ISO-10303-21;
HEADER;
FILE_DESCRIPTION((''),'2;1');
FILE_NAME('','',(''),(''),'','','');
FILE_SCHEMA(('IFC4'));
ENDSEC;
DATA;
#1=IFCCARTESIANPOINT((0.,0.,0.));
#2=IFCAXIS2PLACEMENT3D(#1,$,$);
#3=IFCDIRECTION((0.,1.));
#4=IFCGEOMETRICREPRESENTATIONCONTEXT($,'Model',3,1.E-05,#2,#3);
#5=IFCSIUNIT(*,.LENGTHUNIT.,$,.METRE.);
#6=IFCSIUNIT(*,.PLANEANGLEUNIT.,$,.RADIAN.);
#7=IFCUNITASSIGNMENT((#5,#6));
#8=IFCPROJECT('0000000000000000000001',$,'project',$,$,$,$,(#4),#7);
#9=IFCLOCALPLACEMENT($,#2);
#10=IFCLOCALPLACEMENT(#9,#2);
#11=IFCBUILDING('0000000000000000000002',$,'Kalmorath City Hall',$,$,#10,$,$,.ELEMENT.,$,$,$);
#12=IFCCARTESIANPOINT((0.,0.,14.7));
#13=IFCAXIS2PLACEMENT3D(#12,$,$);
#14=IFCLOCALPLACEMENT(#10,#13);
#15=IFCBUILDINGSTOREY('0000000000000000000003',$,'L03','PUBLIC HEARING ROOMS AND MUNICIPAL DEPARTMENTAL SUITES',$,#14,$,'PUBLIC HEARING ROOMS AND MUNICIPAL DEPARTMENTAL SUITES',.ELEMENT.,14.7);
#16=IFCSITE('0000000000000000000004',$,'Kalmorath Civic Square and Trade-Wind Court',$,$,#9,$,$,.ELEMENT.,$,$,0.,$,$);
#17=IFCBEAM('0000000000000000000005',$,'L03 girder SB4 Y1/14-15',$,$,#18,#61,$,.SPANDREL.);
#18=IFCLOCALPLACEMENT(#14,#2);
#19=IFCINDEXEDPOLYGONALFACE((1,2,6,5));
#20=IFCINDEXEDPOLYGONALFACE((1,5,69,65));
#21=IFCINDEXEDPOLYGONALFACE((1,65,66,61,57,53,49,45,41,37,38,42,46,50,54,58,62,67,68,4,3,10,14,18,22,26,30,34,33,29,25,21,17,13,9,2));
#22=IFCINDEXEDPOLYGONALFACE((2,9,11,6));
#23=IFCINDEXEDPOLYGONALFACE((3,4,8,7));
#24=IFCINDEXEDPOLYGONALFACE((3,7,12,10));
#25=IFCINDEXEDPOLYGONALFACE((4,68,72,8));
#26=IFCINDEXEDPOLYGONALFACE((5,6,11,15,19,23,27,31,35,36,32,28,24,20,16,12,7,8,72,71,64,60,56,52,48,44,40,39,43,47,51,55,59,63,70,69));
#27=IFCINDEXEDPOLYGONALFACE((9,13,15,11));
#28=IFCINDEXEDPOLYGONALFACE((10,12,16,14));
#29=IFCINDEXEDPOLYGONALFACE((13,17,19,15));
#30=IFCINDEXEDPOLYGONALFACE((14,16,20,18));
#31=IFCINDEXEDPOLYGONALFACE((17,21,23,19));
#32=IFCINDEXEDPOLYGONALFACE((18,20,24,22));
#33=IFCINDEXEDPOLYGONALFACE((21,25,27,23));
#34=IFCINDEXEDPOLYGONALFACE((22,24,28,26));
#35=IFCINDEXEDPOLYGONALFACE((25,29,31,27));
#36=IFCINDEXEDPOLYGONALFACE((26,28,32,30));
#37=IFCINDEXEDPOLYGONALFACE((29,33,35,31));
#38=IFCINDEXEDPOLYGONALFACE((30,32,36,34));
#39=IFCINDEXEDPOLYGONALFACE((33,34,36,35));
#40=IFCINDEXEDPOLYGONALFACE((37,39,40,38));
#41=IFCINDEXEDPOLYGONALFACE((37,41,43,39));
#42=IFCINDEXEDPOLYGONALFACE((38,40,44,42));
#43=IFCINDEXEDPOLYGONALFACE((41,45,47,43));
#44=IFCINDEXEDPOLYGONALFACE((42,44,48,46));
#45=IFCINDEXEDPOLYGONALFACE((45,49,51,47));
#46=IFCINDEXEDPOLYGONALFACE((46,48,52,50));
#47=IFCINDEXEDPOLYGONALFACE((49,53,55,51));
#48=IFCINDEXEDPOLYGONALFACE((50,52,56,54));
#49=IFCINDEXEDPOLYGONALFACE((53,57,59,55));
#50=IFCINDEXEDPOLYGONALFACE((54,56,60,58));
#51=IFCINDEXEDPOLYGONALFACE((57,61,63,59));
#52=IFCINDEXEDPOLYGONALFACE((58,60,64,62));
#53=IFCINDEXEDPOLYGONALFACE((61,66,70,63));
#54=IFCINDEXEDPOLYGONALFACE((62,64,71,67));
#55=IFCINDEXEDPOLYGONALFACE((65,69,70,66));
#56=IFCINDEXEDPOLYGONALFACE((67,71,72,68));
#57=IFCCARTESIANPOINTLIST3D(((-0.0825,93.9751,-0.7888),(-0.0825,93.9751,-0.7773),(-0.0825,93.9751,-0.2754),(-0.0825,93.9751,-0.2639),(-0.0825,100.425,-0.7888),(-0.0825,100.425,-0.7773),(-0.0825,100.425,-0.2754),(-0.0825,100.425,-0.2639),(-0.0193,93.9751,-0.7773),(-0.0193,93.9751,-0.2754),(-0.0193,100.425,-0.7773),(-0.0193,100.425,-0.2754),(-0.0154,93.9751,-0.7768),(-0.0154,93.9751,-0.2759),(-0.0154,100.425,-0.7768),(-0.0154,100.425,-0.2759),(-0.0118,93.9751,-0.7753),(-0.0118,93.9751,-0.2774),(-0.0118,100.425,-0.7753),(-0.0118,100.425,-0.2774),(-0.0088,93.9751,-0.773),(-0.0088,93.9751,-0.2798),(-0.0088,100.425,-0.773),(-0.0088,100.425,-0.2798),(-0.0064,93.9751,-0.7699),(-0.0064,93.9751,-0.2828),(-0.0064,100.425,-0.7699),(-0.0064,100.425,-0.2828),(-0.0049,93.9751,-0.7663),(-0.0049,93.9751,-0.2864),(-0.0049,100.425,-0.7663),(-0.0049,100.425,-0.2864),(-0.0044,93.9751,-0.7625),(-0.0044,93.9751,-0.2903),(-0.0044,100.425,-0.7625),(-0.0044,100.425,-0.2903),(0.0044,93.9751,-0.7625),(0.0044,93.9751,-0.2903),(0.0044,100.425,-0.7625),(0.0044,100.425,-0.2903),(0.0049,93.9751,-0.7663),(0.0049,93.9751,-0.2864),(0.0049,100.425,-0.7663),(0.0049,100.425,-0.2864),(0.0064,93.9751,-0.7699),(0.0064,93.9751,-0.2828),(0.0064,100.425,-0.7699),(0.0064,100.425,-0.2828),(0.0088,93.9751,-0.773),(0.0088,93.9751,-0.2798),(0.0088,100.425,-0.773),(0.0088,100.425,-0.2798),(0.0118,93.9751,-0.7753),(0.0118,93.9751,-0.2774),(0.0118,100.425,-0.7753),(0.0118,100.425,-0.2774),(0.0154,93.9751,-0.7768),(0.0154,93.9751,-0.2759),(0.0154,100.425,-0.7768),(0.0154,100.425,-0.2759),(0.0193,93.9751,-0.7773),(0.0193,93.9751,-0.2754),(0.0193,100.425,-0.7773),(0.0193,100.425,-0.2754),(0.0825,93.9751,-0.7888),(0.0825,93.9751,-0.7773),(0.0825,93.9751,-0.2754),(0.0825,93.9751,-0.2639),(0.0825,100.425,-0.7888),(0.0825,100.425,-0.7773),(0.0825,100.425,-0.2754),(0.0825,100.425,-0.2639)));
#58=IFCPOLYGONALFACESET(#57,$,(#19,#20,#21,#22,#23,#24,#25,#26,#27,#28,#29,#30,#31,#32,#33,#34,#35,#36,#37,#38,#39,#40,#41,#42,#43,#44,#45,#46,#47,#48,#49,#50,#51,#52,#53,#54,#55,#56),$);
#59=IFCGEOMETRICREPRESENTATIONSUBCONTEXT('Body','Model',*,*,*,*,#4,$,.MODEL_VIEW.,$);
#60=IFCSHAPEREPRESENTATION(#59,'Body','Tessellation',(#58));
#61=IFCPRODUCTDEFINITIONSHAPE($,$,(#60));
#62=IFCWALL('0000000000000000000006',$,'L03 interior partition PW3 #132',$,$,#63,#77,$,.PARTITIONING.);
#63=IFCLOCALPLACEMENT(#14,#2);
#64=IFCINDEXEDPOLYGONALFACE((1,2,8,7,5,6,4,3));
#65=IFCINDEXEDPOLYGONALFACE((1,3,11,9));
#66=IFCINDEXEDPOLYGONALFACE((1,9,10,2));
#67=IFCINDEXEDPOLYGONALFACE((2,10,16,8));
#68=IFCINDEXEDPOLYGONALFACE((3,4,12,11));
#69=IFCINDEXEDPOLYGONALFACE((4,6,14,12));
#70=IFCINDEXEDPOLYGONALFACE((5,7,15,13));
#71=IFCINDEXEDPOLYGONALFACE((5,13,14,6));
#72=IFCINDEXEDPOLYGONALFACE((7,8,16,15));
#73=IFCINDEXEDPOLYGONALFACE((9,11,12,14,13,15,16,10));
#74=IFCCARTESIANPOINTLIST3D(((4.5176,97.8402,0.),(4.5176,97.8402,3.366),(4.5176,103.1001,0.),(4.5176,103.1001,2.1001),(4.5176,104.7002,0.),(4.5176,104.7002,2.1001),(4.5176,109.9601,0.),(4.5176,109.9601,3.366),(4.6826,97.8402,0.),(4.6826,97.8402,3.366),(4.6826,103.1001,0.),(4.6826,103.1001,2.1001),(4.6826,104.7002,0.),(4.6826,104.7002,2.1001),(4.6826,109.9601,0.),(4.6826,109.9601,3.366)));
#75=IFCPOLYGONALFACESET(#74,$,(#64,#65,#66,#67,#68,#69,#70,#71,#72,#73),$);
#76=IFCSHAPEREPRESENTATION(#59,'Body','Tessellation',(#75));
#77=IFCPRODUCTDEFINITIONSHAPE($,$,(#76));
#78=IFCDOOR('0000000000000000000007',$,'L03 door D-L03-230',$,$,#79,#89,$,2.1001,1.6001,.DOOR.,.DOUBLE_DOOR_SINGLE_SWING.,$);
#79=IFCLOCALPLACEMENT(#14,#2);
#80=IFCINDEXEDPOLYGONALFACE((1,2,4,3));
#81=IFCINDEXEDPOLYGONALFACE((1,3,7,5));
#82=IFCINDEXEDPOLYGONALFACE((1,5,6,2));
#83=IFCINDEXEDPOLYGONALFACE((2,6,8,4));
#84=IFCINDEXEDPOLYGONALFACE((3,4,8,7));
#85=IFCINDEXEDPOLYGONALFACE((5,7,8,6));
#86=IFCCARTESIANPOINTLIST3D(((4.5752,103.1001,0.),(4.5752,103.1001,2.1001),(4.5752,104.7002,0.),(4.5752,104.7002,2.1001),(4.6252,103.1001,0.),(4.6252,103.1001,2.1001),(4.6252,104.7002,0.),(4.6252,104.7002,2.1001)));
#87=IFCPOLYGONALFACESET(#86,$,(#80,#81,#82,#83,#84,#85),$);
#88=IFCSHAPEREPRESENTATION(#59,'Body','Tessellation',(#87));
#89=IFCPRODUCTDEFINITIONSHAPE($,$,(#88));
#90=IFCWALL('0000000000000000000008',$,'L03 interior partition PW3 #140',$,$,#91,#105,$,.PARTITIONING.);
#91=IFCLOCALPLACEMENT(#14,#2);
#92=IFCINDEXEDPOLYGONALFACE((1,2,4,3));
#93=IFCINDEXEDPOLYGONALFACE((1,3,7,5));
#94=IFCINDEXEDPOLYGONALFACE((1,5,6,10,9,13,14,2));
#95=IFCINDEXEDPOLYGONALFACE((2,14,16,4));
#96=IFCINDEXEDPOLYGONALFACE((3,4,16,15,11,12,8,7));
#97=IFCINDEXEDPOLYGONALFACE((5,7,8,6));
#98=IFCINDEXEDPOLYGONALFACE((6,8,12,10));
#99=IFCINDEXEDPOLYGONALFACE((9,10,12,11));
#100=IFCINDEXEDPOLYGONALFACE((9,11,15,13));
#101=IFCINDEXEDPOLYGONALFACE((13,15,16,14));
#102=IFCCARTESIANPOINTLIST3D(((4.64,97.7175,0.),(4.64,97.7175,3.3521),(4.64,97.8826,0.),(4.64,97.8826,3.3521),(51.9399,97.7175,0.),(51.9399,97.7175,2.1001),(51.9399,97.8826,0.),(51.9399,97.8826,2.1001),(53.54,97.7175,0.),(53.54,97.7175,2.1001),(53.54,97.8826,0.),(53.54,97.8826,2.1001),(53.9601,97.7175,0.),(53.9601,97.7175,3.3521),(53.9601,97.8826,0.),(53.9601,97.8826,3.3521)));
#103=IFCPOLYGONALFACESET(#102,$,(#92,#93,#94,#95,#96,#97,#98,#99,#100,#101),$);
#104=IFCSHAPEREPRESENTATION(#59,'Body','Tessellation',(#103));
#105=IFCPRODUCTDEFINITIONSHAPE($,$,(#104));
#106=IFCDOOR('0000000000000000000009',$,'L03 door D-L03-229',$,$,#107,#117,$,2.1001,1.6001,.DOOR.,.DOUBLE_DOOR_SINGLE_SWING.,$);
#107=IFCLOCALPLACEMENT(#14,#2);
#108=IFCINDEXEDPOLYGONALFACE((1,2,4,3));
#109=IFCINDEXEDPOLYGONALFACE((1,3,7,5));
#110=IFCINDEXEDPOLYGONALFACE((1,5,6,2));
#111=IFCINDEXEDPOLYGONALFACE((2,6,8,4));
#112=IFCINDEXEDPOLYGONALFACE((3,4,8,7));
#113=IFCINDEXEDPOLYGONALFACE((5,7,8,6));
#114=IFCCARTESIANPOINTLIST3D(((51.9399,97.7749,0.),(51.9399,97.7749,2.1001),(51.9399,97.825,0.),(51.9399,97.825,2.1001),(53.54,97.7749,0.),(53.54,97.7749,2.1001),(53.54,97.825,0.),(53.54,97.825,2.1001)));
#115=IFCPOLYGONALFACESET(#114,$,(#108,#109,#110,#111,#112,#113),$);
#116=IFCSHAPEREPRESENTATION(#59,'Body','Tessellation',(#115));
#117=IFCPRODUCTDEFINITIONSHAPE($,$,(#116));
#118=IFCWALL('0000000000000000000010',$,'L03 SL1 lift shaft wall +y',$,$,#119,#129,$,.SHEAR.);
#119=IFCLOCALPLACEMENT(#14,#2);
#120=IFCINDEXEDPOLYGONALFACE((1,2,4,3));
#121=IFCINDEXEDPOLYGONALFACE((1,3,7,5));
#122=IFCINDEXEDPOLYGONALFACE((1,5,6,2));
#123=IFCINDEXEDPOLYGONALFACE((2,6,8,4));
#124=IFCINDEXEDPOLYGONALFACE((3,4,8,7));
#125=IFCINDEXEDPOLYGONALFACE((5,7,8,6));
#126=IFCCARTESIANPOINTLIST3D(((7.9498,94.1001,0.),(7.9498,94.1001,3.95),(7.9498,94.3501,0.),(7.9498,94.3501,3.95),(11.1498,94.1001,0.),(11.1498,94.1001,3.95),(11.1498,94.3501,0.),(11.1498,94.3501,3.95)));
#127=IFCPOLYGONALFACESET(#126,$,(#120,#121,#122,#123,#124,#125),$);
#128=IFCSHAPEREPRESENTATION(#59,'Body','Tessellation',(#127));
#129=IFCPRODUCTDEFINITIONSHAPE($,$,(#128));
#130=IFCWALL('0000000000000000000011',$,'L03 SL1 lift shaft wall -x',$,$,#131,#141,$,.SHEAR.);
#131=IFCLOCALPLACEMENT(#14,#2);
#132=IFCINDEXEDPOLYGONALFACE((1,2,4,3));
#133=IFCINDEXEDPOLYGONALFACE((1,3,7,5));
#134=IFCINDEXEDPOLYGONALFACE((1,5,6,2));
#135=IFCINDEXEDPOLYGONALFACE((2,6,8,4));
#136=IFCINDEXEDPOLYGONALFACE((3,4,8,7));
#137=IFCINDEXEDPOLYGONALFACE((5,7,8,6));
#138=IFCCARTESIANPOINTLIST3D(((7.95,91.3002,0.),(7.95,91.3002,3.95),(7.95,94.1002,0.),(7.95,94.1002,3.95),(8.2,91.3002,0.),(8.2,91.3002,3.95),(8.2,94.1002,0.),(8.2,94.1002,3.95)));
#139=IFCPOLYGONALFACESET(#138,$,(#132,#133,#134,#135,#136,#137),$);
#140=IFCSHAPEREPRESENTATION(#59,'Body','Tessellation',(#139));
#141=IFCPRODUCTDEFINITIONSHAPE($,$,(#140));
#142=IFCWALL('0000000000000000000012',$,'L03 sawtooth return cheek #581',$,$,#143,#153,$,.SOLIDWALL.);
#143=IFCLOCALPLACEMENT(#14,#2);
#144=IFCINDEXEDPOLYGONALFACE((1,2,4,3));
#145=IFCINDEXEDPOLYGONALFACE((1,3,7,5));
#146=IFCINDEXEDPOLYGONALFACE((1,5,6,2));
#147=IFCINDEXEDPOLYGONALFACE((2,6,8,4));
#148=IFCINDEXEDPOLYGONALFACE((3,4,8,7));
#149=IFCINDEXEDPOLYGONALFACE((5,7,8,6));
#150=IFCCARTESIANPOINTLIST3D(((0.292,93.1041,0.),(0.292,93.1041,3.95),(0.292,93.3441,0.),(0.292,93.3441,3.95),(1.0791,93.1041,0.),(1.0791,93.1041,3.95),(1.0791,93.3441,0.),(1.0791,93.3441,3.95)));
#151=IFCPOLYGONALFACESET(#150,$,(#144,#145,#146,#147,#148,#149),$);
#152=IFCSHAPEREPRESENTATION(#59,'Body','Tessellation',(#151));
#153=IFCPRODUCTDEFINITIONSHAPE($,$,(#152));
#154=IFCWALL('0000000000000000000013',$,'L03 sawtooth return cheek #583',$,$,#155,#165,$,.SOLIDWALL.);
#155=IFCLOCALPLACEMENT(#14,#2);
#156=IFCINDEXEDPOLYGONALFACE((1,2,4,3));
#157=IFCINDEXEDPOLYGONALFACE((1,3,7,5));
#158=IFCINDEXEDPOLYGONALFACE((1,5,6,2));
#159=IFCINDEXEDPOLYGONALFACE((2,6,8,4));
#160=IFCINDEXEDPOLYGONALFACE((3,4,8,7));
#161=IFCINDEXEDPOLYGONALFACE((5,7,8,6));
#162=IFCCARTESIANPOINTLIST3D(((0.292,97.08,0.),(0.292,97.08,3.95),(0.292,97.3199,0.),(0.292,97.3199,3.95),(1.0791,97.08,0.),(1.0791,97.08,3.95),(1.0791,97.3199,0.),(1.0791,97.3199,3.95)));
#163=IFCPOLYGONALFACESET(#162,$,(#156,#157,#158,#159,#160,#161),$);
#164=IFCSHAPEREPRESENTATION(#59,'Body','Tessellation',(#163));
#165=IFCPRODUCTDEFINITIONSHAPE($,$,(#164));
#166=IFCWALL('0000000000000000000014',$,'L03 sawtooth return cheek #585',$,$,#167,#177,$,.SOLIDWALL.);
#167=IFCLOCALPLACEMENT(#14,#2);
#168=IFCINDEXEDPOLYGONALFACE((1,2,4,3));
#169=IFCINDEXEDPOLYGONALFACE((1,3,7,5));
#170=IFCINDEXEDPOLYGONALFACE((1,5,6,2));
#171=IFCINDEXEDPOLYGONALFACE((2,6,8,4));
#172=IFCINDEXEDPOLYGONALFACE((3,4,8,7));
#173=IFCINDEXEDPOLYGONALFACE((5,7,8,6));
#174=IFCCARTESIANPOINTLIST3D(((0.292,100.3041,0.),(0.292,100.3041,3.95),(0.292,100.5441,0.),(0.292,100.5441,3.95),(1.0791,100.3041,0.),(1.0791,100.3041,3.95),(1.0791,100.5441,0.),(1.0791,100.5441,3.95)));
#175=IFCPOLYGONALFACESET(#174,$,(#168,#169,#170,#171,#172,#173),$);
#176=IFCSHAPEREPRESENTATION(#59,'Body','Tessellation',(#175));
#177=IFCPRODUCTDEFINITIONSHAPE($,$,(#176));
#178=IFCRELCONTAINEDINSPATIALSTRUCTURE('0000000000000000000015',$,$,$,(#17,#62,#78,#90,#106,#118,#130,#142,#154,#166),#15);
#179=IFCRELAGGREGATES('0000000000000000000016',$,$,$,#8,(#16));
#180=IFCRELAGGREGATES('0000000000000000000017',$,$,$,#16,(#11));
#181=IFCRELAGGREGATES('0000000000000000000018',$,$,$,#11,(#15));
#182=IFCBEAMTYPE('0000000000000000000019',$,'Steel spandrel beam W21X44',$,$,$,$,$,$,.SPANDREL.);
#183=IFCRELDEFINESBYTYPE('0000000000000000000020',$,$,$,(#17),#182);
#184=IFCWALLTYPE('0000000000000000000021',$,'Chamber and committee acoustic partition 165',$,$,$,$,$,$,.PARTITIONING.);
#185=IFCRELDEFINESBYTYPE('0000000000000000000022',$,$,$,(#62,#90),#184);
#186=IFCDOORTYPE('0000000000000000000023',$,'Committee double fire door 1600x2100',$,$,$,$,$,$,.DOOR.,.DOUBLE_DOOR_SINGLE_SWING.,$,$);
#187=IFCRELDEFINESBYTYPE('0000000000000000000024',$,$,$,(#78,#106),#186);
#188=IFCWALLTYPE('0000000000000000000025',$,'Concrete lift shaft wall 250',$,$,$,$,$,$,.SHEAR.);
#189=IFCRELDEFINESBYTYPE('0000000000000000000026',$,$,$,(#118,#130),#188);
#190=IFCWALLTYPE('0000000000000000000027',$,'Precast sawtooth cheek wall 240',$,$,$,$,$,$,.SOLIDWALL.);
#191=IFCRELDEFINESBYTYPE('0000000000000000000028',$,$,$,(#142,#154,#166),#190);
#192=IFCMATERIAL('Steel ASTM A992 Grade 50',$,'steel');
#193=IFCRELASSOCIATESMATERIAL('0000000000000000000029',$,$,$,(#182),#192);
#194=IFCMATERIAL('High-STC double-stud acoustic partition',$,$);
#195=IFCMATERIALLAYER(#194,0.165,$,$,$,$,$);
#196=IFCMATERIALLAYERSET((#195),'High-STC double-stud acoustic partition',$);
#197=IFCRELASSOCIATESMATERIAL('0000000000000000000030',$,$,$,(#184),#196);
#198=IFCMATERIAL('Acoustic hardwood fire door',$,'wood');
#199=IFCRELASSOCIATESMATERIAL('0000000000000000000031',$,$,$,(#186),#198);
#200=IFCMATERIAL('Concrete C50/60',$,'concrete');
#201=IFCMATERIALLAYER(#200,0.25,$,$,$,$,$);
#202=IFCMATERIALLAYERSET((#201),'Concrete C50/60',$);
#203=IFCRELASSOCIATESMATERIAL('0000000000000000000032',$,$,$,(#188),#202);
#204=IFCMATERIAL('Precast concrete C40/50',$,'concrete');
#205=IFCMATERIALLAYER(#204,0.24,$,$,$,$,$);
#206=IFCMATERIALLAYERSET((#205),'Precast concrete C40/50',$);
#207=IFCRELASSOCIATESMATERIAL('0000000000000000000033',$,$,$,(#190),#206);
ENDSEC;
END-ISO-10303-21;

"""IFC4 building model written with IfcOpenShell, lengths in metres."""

from ifc_helpers import new_model, si_unit, direction, frame, frame_2d, origin, origin_2d, place, context, subcontext, project, spatial, rectangle, i_section, extrude, material, layer, layer_set, material_profile, profile_set, type_object, element, fill, save


model = new_model("IFC4")

# Units and contexts
model_context = context("Model", 3, precision=1e-05, world=origin(), true_north=direction((0.0, 1.0)))
body_context = subcontext(model_context, "Body", "Model", "MODEL_VIEW")
ifc_project = project(units=[si_unit("LENGTHUNIT", "METRE"), si_unit("PLANEANGLEUNIT", "RADIAN")], contexts=[model_context])

# Site, building, storey
site_placement = place(None, origin())
site = spatial("IfcSite", under=ifc_project, at=site_placement, Name="Kalmorath Civic Square and Trade-Wind Court", CompositionType="ELEMENT", RefElevation=0.0)
building_placement = place(site_placement, origin())
building = spatial("IfcBuilding", under=site, at=building_placement, Name="Kalmorath City Hall", CompositionType="ELEMENT")
storey_placement = place(building_placement, frame((0.0, 0.0, 14.7)))
storey = spatial("IfcBuildingStorey", under=building, at=storey_placement, Name="L03", Description="PUBLIC HEARING ROOMS AND MUNICIPAL DEPARTMENTAL SUITES", LongName="PUBLIC HEARING ROOMS AND MUNICIPAL DEPARTMENTAL SUITES", CompositionType="ELEMENT", Elevation=14.7)

# Beam
ifc_material_1 = material(Name="Steel ASTM A992 Grade 50", Category="steel")
ifc_material_profile_1 = material_profile(ifc_material_1, i_section(OverallWidth=0.165, OverallDepth=0.5249, WebThickness=0.0088, FlangeThickness=0.0115, FilletRadius=0.0149, at=origin_2d()), Name="W21X44")
ifc_profile_set_1 = profile_set([ifc_material_profile_1], Name="Steel ASTM A992 Grade 50")
beam_type_1 = type_object("IfcBeamType", Name="Steel spandrel beam W21X44", PredefinedType="SPANDREL", material=ifc_profile_set_1)
beam_placement = place(storey_placement, frame((0.0, 93.9751, -0.5264), z_axis=(0.0, 1.0, 0.0), x_axis=(-1.0, 0.0, 0.0)))
element("IfcBeam", 1, at=beam_placement, inside=storey, type_object=beam_type_1, Name="L03 girder SB4 Y1/14-15", PredefinedType="SPANDREL", context=body_context, shape_type="SweptSolid", body=[
    extrude(i_section(OverallWidth=0.165, OverallDepth=0.5249, WebThickness=0.0088, FlangeThickness=0.0115, FilletRadius=0.0149, at=origin_2d()), origin(), (0.0, 0.0, 1.0), 6.45),
])

# Walls, openings, doors
ifc_material_2 = material(Name="High-STC double-stud acoustic partition")
ifc_layer_1 = layer(ifc_material_2, 0.165)
ifc_layer_set_1 = layer_set([ifc_layer_1], Name="High-STC double-stud acoustic partition")
wall_type_1 = type_object("IfcWallType", Name="Chamber and committee acoustic partition 165", PredefinedType="PARTITIONING", material=ifc_layer_set_1)
wall_1_placement = place(storey_placement, frame((4.6001, 97.8401, 0.0), z_axis=(0.0, 0.0, 1.0), x_axis=(0.0, 1.0, 0.0)))
wall_1 = element("IfcWall", 2, at=wall_1_placement, inside=storey, type_object=wall_type_1, Name="L03 interior partition PW3 #132", PredefinedType="PARTITIONING", context=body_context, shape_type="SweptSolid", body=[
    extrude(rectangle(XDim=12.1199, YDim=0.165, at=frame_2d((6.0601, 0.0))), origin(), (0.0, 0.0, 1.0), 3.366),
])
opening_1_placement = place(wall_1_placement, frame((5.26, 0.0, 0.0)))
opening_1 = element("IfcOpeningElement", 3, at=opening_1_placement, cuts=wall_1, PredefinedType="OPENING", context=body_context, shape_type="SweptSolid", body=[
    extrude(rectangle(XDim=1.6001, YDim=2.1001, at=frame_2d((0.8, 1.05))), frame((0.0, 0.0925, 0.0), z_axis=(0.0, -1.0, 0.0), x_axis=(1.0, 0.0, 0.0)), (0.0, 0.0, 1.0), 0.1851),
])
ifc_material_3 = material(Name="Acoustic hardwood fire door", Category="wood")
door_type_1 = type_object("IfcDoorType", Name="Committee double fire door 1600x2100", OperationType="DOUBLE_DOOR_SINGLE_SWING", PredefinedType="DOOR", material=ifc_material_3)
door_1_placement = place(opening_1_placement, origin())
door_1 = element("IfcDoor", 4, at=door_1_placement, inside=storey, type_object=door_type_1, Name="L03 door D-L03-230", OperationType="DOUBLE_DOOR_SINGLE_SWING", OverallHeight=2.1001, OverallWidth=1.6001, PredefinedType="DOOR", context=body_context, shape_type="SweptSolid", body=[
    extrude(rectangle(XDim=1.6001, YDim=2.1001, at=frame_2d((0.8, 1.05))), frame((0.0, 0.0249, 0.0), z_axis=(0.0, -1.0, 0.0), x_axis=(1.0, 0.0, 0.0)), (0.0, 0.0, 1.0), 0.05),
])
fill(opening_1, door_1)
wall_2_placement = place(storey_placement, frame((4.6399, 97.8, 0.0), z_axis=(0.0, 0.0, 1.0), x_axis=(1.0, 0.0, 0.0)))
wall_2 = element("IfcWall", 5, at=wall_2_placement, inside=storey, type_object=wall_type_1, Name="L03 interior partition PW3 #140", PredefinedType="PARTITIONING", context=body_context, shape_type="SweptSolid", body=[
    extrude(rectangle(XDim=49.3201, YDim=0.165, at=frame_2d((24.6602, 0.0))), origin(), (0.0, 0.0, 1.0), 3.3521),
])
opening_2_placement = place(wall_2_placement, frame((47.3, 0.0, 0.0)))
opening_2 = element("IfcOpeningElement", 6, at=opening_2_placement, cuts=wall_2, PredefinedType="OPENING", context=body_context, shape_type="SweptSolid", body=[
    extrude(rectangle(XDim=1.6001, YDim=2.1001, at=frame_2d((0.8, 1.05))), frame((0.0, 0.0925, 0.0), z_axis=(0.0, -1.0, 0.0), x_axis=(1.0, 0.0, 0.0)), (0.0, 0.0, 1.0), 0.1851),
])
door_2_placement = place(opening_2_placement, origin())
door_2 = element("IfcDoor", 7, at=door_2_placement, inside=storey, type_object=door_type_1, Name="L03 door D-L03-229", OperationType="DOUBLE_DOOR_SINGLE_SWING", OverallHeight=2.1001, OverallWidth=1.6001, PredefinedType="DOOR", context=body_context, shape_type="SweptSolid", body=[
    extrude(rectangle(XDim=1.6001, YDim=2.1001, at=frame_2d((0.8, 1.05))), frame((0.0, 0.0249, 0.0), z_axis=(0.0, -1.0, 0.0), x_axis=(1.0, 0.0, 0.0)), (0.0, 0.0, 1.0), 0.05),
])
fill(opening_2, door_2)

# Walls
ifc_material_4 = material(Name="Concrete C50/60", Category="concrete")
ifc_layer_2 = layer(ifc_material_4, 0.25)
ifc_layer_set_2 = layer_set([ifc_layer_2], Name="Concrete C50/60")
wall_type_2 = type_object("IfcWallType", Name="Concrete lift shaft wall 250", PredefinedType="SHEAR", material=ifc_layer_set_2)
wall_3_placement = place(storey_placement, frame((11.1499, 94.2251, 0.0), z_axis=(0.0, 0.0, 1.0), x_axis=(-1.0, 0.0, 0.0)))
element("IfcWall", 8, at=wall_3_placement, inside=storey, type_object=wall_type_2, Name="L03 SL1 lift shaft wall +y", PredefinedType="SHEAR", context=body_context, shape_type="SweptSolid", body=[
    extrude(rectangle(XDim=3.2, YDim=0.25, at=frame_2d((1.6001, 0.0))), origin(), (0.0, 0.0, 1.0), 3.95),
])
wall_4_placement = place(storey_placement, frame((8.075, 94.1001, 0.0), z_axis=(0.0, 0.0, 1.0), x_axis=(0.0, -1.0, 0.0)))
element("IfcWall", 9, at=wall_4_placement, inside=storey, type_object=wall_type_2, Name="L03 SL1 lift shaft wall -x", PredefinedType="SHEAR", context=body_context, shape_type="SweptSolid", body=[
    extrude(rectangle(XDim=2.8, YDim=0.25, at=frame_2d((1.3999, 0.0))), origin(), (0.0, 0.0, 1.0), 3.95),
])

# Walls
ifc_material_5 = material(Name="Precast concrete C40/50", Category="concrete")
ifc_layer_3 = layer(ifc_material_5, 0.24)
ifc_layer_set_3 = layer_set([ifc_layer_3], Name="Precast concrete C40/50")
wall_type_3 = type_object("IfcWallType", Name="Precast sawtooth cheek wall 240", PredefinedType="SOLIDWALL", material=ifc_layer_set_3)
for number, where, z_axis, x_axis, name in (
    (10, (1.0791, 93.2241, 0.0), (0.0, 0.0, 1.0), (-1.0, 0.0, 0.0), "L03 sawtooth return cheek #581"),
    (11, (1.0791, 97.2, 0.0), (0.0, 0.0, 1.0), (-1.0, 0.0, 0.0), "L03 sawtooth return cheek #583"),
    (12, (1.0791, 100.4241, 0.0), (0.0, 0.0, 1.0), (-1.0, 0.0, 0.0), "L03 sawtooth return cheek #585"),
):
    element("IfcWall", number, at=place(storey_placement, frame(where, z_axis=z_axis, x_axis=x_axis)), inside=storey, type_object=wall_type_3, Name=name, PredefinedType="SOLIDWALL", context=body_context, shape_type="SweptSolid", body=[
        extrude(rectangle(XDim=0.7871, YDim=0.24, at=frame_2d((0.3936, 0.0))), origin(), (0.0, 0.0, 1.0), 3.95),
    ])

save(model, "model.ifc")
